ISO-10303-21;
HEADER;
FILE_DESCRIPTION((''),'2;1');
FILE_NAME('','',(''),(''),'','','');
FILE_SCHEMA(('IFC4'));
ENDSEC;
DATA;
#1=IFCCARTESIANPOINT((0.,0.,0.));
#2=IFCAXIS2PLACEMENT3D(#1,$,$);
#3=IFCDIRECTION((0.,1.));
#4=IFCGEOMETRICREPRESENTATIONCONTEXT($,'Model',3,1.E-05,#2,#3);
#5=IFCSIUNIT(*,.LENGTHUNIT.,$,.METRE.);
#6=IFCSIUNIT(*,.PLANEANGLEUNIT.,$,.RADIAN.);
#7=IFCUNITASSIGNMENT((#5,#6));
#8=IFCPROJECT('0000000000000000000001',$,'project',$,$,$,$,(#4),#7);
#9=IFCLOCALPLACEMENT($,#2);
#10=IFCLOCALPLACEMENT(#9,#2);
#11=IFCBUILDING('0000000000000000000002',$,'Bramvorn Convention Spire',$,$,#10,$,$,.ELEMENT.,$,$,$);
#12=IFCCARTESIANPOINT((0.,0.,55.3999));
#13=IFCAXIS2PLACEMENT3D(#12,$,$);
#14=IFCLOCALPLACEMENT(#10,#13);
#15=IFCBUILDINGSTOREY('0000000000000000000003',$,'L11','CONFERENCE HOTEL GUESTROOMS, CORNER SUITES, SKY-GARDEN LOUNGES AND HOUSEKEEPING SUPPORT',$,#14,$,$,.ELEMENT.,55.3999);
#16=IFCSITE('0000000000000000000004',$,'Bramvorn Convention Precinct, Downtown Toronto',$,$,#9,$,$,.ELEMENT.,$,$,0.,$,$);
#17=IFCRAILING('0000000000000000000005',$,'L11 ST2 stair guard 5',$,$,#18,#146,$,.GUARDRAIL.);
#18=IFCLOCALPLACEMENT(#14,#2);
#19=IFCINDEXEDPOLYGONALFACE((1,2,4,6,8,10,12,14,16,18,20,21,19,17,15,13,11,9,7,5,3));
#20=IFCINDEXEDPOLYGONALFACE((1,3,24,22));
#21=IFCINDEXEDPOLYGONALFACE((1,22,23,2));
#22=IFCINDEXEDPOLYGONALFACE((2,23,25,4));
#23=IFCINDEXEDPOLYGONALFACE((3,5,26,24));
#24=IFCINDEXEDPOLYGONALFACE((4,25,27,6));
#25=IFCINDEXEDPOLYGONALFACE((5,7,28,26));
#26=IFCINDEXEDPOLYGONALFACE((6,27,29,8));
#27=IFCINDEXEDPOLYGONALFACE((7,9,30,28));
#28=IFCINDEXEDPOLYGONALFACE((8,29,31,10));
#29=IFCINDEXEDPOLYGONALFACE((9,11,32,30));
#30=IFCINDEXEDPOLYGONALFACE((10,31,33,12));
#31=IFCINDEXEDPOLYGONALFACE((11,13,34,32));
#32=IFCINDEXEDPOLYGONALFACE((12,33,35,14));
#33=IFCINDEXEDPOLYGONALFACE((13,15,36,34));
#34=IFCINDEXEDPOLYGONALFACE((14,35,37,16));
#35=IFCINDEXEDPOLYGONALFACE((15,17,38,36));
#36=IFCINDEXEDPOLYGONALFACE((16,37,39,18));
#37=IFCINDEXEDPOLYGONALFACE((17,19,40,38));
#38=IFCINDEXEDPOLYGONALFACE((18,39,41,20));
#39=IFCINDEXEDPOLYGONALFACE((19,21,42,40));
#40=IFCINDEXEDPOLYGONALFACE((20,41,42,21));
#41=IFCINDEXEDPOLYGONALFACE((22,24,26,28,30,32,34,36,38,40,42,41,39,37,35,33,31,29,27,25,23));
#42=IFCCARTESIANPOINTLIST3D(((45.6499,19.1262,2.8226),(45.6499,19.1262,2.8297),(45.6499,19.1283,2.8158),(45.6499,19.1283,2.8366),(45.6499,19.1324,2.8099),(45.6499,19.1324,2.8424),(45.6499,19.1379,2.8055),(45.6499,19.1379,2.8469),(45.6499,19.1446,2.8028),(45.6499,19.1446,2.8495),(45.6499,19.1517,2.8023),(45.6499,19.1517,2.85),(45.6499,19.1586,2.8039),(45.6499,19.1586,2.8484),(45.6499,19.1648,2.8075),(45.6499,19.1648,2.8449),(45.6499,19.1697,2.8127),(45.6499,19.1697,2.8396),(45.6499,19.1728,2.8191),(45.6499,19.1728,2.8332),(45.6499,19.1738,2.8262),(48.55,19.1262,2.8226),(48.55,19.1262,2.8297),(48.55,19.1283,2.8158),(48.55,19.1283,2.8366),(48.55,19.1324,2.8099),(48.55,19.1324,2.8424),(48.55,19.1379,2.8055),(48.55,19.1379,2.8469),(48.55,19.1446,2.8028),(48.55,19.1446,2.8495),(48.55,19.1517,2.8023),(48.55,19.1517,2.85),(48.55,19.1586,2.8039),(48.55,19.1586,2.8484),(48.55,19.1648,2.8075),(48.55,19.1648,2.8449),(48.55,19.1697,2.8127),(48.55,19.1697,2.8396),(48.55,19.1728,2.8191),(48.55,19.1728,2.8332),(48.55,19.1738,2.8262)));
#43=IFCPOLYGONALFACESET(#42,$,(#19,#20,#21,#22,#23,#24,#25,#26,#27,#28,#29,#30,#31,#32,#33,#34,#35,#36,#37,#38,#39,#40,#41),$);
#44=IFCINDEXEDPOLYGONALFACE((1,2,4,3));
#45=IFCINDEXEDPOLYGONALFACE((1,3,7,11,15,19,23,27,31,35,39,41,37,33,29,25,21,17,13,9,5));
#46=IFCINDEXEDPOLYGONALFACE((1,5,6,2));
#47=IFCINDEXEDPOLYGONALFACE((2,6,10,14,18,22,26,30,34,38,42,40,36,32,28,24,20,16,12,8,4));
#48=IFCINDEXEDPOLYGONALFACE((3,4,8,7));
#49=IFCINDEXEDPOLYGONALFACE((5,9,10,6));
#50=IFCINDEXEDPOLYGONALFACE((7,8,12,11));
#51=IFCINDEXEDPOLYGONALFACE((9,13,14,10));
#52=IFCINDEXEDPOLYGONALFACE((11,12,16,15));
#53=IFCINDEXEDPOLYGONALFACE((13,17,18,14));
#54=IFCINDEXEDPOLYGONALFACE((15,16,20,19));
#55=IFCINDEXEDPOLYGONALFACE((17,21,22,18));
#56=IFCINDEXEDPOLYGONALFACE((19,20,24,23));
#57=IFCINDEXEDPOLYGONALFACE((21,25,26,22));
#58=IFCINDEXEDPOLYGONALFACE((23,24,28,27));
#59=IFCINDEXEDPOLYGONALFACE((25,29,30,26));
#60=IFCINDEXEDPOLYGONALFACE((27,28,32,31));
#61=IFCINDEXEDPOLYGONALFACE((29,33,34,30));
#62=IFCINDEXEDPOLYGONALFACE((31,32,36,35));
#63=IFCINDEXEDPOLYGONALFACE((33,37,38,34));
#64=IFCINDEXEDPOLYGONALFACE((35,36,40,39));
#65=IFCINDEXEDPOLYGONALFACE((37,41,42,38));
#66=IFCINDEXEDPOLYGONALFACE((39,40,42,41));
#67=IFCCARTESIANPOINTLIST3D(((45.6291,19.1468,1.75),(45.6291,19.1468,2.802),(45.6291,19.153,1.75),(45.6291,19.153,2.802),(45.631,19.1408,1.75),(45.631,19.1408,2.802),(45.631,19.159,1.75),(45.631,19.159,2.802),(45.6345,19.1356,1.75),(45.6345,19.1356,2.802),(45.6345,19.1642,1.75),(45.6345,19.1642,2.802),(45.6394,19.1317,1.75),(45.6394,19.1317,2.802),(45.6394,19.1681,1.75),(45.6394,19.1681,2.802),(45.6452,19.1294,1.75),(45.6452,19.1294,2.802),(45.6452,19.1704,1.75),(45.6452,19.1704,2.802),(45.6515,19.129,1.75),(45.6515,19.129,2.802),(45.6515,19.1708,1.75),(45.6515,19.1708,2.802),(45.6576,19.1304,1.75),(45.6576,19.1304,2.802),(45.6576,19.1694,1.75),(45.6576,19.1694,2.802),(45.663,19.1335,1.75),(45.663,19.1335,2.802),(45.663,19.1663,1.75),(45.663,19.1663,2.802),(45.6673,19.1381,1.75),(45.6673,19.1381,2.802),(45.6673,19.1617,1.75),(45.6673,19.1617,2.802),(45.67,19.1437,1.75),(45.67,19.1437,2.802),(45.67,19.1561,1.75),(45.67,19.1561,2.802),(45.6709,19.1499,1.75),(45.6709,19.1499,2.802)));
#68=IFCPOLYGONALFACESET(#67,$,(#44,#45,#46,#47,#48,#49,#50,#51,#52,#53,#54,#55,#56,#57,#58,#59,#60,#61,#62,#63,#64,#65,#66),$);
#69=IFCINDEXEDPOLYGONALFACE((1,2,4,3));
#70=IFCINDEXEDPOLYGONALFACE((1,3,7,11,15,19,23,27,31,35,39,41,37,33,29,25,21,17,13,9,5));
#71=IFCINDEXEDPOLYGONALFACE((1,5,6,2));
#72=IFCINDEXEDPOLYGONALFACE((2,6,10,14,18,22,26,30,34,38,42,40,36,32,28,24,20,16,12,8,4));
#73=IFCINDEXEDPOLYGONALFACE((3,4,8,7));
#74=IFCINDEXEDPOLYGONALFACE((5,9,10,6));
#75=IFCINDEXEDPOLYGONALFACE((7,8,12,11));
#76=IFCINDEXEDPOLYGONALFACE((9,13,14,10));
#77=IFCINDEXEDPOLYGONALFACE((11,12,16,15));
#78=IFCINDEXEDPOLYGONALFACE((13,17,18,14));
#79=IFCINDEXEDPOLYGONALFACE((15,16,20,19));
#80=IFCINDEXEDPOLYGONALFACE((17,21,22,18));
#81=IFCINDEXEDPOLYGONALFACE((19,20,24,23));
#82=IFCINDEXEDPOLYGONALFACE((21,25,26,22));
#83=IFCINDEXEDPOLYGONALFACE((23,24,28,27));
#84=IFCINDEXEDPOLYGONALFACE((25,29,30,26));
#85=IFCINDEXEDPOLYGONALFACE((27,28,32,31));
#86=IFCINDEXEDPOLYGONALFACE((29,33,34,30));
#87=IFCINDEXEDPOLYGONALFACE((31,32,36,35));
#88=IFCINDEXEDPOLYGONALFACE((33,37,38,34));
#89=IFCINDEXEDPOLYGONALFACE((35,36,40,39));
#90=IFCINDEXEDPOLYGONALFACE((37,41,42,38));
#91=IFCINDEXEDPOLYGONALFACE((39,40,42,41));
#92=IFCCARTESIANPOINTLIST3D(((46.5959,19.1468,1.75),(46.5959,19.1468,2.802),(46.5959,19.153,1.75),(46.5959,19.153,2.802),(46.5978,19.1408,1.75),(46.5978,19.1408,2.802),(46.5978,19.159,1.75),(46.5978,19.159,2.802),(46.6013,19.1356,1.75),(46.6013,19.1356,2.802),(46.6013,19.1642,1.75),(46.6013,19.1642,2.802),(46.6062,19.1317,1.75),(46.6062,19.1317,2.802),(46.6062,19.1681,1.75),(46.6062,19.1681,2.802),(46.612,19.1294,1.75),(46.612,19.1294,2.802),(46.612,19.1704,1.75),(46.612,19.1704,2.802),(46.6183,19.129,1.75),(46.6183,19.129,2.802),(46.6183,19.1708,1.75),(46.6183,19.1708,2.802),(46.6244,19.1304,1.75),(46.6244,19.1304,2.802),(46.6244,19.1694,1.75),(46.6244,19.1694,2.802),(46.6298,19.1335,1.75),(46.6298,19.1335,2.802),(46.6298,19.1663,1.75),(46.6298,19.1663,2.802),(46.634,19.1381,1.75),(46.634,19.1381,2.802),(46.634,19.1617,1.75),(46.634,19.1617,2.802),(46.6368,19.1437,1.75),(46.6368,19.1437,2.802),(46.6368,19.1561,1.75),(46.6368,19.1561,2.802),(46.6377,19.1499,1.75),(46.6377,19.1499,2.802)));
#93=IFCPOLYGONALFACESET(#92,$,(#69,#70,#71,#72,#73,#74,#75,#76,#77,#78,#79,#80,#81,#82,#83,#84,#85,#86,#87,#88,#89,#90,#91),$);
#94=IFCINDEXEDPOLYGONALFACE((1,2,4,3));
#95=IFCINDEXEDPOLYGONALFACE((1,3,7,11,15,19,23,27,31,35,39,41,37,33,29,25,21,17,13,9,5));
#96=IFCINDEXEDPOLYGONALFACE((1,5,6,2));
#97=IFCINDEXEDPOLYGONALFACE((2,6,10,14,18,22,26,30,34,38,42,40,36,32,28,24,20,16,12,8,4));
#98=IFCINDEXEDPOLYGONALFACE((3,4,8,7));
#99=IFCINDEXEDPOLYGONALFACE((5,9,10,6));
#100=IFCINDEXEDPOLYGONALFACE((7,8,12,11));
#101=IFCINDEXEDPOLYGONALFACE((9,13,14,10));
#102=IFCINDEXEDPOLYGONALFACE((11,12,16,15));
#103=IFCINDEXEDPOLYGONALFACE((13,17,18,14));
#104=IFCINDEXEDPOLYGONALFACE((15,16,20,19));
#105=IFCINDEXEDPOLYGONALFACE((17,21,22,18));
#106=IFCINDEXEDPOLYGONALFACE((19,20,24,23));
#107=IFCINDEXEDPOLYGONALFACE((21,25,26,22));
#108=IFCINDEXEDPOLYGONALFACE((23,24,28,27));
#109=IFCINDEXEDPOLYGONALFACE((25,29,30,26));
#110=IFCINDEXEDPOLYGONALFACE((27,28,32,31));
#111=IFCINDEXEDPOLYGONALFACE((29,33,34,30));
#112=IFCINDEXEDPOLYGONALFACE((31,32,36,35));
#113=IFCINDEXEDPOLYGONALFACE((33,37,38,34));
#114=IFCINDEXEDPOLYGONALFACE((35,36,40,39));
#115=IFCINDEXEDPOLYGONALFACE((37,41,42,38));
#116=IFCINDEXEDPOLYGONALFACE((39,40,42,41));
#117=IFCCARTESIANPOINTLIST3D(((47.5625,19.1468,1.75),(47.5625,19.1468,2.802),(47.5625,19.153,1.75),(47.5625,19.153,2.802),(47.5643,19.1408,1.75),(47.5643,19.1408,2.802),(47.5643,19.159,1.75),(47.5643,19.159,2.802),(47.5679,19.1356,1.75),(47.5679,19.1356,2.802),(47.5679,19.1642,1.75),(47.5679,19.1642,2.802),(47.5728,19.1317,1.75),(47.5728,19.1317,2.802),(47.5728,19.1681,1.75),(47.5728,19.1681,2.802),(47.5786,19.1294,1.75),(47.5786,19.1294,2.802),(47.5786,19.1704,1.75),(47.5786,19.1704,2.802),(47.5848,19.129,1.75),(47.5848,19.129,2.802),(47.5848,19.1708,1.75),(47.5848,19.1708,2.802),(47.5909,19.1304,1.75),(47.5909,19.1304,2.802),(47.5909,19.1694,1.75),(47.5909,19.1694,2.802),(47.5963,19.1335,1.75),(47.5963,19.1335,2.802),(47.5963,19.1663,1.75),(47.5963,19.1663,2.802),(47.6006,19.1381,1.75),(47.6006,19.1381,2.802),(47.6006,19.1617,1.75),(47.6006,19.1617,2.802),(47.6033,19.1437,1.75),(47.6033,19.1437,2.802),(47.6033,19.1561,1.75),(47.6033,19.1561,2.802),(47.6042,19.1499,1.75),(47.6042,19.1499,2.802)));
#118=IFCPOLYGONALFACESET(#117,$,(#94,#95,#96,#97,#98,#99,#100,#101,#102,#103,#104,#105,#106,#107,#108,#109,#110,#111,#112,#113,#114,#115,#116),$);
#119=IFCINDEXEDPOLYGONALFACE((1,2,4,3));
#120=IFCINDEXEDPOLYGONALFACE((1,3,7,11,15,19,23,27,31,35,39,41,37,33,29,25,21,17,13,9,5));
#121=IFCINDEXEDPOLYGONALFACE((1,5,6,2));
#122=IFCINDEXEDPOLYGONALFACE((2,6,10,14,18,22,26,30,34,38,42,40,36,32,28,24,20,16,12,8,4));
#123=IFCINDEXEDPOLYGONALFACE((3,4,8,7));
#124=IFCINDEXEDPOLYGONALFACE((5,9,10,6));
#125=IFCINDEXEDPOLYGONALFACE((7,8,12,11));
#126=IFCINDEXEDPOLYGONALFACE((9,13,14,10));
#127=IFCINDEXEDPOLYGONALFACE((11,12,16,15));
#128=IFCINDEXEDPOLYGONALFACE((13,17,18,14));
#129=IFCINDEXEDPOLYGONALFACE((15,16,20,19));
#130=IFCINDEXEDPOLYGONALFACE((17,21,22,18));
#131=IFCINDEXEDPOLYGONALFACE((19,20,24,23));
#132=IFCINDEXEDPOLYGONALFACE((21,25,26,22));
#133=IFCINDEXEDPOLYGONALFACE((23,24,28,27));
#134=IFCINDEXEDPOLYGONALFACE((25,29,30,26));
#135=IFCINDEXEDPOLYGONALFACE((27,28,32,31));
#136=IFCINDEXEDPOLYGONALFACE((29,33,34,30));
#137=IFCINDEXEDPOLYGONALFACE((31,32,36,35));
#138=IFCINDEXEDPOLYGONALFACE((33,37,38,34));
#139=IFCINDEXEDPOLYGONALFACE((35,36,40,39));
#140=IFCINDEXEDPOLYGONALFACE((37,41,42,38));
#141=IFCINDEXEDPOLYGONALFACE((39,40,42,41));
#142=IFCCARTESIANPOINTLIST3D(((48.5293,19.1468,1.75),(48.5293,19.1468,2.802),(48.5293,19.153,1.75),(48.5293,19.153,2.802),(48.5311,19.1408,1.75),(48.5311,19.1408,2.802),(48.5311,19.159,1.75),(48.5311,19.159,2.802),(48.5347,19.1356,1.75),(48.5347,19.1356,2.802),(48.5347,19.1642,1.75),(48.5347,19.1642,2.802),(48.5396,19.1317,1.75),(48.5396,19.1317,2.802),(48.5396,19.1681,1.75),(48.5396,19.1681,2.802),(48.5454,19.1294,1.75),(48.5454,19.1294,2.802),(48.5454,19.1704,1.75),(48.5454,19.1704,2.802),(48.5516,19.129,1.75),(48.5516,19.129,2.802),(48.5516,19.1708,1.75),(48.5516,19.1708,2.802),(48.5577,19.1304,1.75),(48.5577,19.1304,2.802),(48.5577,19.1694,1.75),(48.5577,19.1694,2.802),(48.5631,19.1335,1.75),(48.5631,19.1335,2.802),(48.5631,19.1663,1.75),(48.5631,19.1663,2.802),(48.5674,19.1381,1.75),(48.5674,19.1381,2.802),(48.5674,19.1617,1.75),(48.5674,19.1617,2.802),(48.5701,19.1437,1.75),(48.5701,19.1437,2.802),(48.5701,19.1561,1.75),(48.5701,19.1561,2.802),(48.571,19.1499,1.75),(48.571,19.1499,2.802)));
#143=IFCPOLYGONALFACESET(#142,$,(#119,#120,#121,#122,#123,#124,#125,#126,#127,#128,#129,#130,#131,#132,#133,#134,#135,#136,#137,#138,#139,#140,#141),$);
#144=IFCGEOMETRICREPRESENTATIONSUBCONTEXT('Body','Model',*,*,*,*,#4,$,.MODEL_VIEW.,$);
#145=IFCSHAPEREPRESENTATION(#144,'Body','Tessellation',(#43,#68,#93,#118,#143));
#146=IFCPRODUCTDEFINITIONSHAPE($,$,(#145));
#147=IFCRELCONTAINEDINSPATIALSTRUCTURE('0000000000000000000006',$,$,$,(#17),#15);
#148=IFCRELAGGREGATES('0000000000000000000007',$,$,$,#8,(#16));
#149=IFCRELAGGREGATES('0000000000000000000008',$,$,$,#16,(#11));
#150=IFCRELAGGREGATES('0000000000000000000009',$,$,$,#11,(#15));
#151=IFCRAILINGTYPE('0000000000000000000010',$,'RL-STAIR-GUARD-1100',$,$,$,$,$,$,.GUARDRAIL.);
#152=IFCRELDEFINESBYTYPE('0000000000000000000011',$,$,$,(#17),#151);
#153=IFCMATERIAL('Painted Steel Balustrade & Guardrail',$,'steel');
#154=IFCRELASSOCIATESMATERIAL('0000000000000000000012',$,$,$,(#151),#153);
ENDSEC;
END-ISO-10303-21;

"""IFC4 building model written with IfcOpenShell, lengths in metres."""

from ifc_helpers import new_model, si_unit, direction, frame, origin, origin_2d, place, context, subcontext, project, spatial, circle, extrude, material, type_object, element, save


model = new_model("IFC4")

# Units and contexts
model_context = context("Model", 3, precision=1e-05, world=origin(), true_north=direction((0.0, 1.0)))
body_context = subcontext(model_context, "Body", "Model", "MODEL_VIEW")
ifc_project = project(units=[si_unit("LENGTHUNIT", "METRE"), si_unit("PLANEANGLEUNIT", "RADIAN")], contexts=[model_context])

# Site, building, storey
site_placement = place(None, origin())
site = spatial("IfcSite", under=ifc_project, at=site_placement, Name="Bramvorn Convention Precinct, Downtown Toronto", CompositionType="ELEMENT", RefElevation=0.0)
building_placement = place(site_placement, origin())
building = spatial("IfcBuilding", under=site, at=building_placement, Name="Bramvorn Convention Spire", CompositionType="ELEMENT")
storey_placement = place(building_placement, frame((0.0, 0.0, 55.3999)))
storey = spatial("IfcBuildingStorey", under=building, at=storey_placement, Name="L11", Description="CONFERENCE HOTEL GUESTROOMS, CORNER SUITES, SKY-GARDEN LOUNGES AND HOUSEKEEPING SUPPORT", CompositionType="ELEMENT", Elevation=55.3999)

# Railing
ifc_material_1 = material(Name="Painted Steel Balustrade & Guardrail", Category="steel")
railing_type = type_object("IfcRailingType", Name="RL-STAIR-GUARD-1100", PredefinedType="GUARDRAIL", material=ifc_material_1)
railing_1_placement = place(storey_placement, frame((45.6499, 19.1499, 1.75)))
element("IfcRailing", 1, at=railing_1_placement, inside=storey, type_object=railing_type, Name="L11 ST2 stair guard 5", PredefinedType="GUARDRAIL", context=body_context, shape_type="SweptSolid", body=[
    extrude(circle(Radius=0.0239, at=origin_2d()), frame((0.0, 0.0, 1.0762), z_axis=(1.0, 0.0, 0.0), x_axis=(0.0, 1.0, 0.0)), (0.0, 0.0, 1.0), 2.9001),
    extrude(circle(Radius=0.021, at=origin_2d()), origin(), (0.0, 0.0, 1.0), 1.052),
    extrude(circle(Radius=0.021, at=origin_2d()), frame((0.9668, 0.0, 0.0)), (0.0, 0.0, 1.0), 1.052),
    extrude(circle(Radius=0.021, at=origin_2d()), frame((1.9333, 0.0, 0.0)), (0.0, 0.0, 1.0), 1.052),
    extrude(circle(Radius=0.021, at=origin_2d()), frame((2.9001, 0.0, 0.0)), (0.0, 0.0, 1.0), 1.052),
])

save(model, "model.ifc")
